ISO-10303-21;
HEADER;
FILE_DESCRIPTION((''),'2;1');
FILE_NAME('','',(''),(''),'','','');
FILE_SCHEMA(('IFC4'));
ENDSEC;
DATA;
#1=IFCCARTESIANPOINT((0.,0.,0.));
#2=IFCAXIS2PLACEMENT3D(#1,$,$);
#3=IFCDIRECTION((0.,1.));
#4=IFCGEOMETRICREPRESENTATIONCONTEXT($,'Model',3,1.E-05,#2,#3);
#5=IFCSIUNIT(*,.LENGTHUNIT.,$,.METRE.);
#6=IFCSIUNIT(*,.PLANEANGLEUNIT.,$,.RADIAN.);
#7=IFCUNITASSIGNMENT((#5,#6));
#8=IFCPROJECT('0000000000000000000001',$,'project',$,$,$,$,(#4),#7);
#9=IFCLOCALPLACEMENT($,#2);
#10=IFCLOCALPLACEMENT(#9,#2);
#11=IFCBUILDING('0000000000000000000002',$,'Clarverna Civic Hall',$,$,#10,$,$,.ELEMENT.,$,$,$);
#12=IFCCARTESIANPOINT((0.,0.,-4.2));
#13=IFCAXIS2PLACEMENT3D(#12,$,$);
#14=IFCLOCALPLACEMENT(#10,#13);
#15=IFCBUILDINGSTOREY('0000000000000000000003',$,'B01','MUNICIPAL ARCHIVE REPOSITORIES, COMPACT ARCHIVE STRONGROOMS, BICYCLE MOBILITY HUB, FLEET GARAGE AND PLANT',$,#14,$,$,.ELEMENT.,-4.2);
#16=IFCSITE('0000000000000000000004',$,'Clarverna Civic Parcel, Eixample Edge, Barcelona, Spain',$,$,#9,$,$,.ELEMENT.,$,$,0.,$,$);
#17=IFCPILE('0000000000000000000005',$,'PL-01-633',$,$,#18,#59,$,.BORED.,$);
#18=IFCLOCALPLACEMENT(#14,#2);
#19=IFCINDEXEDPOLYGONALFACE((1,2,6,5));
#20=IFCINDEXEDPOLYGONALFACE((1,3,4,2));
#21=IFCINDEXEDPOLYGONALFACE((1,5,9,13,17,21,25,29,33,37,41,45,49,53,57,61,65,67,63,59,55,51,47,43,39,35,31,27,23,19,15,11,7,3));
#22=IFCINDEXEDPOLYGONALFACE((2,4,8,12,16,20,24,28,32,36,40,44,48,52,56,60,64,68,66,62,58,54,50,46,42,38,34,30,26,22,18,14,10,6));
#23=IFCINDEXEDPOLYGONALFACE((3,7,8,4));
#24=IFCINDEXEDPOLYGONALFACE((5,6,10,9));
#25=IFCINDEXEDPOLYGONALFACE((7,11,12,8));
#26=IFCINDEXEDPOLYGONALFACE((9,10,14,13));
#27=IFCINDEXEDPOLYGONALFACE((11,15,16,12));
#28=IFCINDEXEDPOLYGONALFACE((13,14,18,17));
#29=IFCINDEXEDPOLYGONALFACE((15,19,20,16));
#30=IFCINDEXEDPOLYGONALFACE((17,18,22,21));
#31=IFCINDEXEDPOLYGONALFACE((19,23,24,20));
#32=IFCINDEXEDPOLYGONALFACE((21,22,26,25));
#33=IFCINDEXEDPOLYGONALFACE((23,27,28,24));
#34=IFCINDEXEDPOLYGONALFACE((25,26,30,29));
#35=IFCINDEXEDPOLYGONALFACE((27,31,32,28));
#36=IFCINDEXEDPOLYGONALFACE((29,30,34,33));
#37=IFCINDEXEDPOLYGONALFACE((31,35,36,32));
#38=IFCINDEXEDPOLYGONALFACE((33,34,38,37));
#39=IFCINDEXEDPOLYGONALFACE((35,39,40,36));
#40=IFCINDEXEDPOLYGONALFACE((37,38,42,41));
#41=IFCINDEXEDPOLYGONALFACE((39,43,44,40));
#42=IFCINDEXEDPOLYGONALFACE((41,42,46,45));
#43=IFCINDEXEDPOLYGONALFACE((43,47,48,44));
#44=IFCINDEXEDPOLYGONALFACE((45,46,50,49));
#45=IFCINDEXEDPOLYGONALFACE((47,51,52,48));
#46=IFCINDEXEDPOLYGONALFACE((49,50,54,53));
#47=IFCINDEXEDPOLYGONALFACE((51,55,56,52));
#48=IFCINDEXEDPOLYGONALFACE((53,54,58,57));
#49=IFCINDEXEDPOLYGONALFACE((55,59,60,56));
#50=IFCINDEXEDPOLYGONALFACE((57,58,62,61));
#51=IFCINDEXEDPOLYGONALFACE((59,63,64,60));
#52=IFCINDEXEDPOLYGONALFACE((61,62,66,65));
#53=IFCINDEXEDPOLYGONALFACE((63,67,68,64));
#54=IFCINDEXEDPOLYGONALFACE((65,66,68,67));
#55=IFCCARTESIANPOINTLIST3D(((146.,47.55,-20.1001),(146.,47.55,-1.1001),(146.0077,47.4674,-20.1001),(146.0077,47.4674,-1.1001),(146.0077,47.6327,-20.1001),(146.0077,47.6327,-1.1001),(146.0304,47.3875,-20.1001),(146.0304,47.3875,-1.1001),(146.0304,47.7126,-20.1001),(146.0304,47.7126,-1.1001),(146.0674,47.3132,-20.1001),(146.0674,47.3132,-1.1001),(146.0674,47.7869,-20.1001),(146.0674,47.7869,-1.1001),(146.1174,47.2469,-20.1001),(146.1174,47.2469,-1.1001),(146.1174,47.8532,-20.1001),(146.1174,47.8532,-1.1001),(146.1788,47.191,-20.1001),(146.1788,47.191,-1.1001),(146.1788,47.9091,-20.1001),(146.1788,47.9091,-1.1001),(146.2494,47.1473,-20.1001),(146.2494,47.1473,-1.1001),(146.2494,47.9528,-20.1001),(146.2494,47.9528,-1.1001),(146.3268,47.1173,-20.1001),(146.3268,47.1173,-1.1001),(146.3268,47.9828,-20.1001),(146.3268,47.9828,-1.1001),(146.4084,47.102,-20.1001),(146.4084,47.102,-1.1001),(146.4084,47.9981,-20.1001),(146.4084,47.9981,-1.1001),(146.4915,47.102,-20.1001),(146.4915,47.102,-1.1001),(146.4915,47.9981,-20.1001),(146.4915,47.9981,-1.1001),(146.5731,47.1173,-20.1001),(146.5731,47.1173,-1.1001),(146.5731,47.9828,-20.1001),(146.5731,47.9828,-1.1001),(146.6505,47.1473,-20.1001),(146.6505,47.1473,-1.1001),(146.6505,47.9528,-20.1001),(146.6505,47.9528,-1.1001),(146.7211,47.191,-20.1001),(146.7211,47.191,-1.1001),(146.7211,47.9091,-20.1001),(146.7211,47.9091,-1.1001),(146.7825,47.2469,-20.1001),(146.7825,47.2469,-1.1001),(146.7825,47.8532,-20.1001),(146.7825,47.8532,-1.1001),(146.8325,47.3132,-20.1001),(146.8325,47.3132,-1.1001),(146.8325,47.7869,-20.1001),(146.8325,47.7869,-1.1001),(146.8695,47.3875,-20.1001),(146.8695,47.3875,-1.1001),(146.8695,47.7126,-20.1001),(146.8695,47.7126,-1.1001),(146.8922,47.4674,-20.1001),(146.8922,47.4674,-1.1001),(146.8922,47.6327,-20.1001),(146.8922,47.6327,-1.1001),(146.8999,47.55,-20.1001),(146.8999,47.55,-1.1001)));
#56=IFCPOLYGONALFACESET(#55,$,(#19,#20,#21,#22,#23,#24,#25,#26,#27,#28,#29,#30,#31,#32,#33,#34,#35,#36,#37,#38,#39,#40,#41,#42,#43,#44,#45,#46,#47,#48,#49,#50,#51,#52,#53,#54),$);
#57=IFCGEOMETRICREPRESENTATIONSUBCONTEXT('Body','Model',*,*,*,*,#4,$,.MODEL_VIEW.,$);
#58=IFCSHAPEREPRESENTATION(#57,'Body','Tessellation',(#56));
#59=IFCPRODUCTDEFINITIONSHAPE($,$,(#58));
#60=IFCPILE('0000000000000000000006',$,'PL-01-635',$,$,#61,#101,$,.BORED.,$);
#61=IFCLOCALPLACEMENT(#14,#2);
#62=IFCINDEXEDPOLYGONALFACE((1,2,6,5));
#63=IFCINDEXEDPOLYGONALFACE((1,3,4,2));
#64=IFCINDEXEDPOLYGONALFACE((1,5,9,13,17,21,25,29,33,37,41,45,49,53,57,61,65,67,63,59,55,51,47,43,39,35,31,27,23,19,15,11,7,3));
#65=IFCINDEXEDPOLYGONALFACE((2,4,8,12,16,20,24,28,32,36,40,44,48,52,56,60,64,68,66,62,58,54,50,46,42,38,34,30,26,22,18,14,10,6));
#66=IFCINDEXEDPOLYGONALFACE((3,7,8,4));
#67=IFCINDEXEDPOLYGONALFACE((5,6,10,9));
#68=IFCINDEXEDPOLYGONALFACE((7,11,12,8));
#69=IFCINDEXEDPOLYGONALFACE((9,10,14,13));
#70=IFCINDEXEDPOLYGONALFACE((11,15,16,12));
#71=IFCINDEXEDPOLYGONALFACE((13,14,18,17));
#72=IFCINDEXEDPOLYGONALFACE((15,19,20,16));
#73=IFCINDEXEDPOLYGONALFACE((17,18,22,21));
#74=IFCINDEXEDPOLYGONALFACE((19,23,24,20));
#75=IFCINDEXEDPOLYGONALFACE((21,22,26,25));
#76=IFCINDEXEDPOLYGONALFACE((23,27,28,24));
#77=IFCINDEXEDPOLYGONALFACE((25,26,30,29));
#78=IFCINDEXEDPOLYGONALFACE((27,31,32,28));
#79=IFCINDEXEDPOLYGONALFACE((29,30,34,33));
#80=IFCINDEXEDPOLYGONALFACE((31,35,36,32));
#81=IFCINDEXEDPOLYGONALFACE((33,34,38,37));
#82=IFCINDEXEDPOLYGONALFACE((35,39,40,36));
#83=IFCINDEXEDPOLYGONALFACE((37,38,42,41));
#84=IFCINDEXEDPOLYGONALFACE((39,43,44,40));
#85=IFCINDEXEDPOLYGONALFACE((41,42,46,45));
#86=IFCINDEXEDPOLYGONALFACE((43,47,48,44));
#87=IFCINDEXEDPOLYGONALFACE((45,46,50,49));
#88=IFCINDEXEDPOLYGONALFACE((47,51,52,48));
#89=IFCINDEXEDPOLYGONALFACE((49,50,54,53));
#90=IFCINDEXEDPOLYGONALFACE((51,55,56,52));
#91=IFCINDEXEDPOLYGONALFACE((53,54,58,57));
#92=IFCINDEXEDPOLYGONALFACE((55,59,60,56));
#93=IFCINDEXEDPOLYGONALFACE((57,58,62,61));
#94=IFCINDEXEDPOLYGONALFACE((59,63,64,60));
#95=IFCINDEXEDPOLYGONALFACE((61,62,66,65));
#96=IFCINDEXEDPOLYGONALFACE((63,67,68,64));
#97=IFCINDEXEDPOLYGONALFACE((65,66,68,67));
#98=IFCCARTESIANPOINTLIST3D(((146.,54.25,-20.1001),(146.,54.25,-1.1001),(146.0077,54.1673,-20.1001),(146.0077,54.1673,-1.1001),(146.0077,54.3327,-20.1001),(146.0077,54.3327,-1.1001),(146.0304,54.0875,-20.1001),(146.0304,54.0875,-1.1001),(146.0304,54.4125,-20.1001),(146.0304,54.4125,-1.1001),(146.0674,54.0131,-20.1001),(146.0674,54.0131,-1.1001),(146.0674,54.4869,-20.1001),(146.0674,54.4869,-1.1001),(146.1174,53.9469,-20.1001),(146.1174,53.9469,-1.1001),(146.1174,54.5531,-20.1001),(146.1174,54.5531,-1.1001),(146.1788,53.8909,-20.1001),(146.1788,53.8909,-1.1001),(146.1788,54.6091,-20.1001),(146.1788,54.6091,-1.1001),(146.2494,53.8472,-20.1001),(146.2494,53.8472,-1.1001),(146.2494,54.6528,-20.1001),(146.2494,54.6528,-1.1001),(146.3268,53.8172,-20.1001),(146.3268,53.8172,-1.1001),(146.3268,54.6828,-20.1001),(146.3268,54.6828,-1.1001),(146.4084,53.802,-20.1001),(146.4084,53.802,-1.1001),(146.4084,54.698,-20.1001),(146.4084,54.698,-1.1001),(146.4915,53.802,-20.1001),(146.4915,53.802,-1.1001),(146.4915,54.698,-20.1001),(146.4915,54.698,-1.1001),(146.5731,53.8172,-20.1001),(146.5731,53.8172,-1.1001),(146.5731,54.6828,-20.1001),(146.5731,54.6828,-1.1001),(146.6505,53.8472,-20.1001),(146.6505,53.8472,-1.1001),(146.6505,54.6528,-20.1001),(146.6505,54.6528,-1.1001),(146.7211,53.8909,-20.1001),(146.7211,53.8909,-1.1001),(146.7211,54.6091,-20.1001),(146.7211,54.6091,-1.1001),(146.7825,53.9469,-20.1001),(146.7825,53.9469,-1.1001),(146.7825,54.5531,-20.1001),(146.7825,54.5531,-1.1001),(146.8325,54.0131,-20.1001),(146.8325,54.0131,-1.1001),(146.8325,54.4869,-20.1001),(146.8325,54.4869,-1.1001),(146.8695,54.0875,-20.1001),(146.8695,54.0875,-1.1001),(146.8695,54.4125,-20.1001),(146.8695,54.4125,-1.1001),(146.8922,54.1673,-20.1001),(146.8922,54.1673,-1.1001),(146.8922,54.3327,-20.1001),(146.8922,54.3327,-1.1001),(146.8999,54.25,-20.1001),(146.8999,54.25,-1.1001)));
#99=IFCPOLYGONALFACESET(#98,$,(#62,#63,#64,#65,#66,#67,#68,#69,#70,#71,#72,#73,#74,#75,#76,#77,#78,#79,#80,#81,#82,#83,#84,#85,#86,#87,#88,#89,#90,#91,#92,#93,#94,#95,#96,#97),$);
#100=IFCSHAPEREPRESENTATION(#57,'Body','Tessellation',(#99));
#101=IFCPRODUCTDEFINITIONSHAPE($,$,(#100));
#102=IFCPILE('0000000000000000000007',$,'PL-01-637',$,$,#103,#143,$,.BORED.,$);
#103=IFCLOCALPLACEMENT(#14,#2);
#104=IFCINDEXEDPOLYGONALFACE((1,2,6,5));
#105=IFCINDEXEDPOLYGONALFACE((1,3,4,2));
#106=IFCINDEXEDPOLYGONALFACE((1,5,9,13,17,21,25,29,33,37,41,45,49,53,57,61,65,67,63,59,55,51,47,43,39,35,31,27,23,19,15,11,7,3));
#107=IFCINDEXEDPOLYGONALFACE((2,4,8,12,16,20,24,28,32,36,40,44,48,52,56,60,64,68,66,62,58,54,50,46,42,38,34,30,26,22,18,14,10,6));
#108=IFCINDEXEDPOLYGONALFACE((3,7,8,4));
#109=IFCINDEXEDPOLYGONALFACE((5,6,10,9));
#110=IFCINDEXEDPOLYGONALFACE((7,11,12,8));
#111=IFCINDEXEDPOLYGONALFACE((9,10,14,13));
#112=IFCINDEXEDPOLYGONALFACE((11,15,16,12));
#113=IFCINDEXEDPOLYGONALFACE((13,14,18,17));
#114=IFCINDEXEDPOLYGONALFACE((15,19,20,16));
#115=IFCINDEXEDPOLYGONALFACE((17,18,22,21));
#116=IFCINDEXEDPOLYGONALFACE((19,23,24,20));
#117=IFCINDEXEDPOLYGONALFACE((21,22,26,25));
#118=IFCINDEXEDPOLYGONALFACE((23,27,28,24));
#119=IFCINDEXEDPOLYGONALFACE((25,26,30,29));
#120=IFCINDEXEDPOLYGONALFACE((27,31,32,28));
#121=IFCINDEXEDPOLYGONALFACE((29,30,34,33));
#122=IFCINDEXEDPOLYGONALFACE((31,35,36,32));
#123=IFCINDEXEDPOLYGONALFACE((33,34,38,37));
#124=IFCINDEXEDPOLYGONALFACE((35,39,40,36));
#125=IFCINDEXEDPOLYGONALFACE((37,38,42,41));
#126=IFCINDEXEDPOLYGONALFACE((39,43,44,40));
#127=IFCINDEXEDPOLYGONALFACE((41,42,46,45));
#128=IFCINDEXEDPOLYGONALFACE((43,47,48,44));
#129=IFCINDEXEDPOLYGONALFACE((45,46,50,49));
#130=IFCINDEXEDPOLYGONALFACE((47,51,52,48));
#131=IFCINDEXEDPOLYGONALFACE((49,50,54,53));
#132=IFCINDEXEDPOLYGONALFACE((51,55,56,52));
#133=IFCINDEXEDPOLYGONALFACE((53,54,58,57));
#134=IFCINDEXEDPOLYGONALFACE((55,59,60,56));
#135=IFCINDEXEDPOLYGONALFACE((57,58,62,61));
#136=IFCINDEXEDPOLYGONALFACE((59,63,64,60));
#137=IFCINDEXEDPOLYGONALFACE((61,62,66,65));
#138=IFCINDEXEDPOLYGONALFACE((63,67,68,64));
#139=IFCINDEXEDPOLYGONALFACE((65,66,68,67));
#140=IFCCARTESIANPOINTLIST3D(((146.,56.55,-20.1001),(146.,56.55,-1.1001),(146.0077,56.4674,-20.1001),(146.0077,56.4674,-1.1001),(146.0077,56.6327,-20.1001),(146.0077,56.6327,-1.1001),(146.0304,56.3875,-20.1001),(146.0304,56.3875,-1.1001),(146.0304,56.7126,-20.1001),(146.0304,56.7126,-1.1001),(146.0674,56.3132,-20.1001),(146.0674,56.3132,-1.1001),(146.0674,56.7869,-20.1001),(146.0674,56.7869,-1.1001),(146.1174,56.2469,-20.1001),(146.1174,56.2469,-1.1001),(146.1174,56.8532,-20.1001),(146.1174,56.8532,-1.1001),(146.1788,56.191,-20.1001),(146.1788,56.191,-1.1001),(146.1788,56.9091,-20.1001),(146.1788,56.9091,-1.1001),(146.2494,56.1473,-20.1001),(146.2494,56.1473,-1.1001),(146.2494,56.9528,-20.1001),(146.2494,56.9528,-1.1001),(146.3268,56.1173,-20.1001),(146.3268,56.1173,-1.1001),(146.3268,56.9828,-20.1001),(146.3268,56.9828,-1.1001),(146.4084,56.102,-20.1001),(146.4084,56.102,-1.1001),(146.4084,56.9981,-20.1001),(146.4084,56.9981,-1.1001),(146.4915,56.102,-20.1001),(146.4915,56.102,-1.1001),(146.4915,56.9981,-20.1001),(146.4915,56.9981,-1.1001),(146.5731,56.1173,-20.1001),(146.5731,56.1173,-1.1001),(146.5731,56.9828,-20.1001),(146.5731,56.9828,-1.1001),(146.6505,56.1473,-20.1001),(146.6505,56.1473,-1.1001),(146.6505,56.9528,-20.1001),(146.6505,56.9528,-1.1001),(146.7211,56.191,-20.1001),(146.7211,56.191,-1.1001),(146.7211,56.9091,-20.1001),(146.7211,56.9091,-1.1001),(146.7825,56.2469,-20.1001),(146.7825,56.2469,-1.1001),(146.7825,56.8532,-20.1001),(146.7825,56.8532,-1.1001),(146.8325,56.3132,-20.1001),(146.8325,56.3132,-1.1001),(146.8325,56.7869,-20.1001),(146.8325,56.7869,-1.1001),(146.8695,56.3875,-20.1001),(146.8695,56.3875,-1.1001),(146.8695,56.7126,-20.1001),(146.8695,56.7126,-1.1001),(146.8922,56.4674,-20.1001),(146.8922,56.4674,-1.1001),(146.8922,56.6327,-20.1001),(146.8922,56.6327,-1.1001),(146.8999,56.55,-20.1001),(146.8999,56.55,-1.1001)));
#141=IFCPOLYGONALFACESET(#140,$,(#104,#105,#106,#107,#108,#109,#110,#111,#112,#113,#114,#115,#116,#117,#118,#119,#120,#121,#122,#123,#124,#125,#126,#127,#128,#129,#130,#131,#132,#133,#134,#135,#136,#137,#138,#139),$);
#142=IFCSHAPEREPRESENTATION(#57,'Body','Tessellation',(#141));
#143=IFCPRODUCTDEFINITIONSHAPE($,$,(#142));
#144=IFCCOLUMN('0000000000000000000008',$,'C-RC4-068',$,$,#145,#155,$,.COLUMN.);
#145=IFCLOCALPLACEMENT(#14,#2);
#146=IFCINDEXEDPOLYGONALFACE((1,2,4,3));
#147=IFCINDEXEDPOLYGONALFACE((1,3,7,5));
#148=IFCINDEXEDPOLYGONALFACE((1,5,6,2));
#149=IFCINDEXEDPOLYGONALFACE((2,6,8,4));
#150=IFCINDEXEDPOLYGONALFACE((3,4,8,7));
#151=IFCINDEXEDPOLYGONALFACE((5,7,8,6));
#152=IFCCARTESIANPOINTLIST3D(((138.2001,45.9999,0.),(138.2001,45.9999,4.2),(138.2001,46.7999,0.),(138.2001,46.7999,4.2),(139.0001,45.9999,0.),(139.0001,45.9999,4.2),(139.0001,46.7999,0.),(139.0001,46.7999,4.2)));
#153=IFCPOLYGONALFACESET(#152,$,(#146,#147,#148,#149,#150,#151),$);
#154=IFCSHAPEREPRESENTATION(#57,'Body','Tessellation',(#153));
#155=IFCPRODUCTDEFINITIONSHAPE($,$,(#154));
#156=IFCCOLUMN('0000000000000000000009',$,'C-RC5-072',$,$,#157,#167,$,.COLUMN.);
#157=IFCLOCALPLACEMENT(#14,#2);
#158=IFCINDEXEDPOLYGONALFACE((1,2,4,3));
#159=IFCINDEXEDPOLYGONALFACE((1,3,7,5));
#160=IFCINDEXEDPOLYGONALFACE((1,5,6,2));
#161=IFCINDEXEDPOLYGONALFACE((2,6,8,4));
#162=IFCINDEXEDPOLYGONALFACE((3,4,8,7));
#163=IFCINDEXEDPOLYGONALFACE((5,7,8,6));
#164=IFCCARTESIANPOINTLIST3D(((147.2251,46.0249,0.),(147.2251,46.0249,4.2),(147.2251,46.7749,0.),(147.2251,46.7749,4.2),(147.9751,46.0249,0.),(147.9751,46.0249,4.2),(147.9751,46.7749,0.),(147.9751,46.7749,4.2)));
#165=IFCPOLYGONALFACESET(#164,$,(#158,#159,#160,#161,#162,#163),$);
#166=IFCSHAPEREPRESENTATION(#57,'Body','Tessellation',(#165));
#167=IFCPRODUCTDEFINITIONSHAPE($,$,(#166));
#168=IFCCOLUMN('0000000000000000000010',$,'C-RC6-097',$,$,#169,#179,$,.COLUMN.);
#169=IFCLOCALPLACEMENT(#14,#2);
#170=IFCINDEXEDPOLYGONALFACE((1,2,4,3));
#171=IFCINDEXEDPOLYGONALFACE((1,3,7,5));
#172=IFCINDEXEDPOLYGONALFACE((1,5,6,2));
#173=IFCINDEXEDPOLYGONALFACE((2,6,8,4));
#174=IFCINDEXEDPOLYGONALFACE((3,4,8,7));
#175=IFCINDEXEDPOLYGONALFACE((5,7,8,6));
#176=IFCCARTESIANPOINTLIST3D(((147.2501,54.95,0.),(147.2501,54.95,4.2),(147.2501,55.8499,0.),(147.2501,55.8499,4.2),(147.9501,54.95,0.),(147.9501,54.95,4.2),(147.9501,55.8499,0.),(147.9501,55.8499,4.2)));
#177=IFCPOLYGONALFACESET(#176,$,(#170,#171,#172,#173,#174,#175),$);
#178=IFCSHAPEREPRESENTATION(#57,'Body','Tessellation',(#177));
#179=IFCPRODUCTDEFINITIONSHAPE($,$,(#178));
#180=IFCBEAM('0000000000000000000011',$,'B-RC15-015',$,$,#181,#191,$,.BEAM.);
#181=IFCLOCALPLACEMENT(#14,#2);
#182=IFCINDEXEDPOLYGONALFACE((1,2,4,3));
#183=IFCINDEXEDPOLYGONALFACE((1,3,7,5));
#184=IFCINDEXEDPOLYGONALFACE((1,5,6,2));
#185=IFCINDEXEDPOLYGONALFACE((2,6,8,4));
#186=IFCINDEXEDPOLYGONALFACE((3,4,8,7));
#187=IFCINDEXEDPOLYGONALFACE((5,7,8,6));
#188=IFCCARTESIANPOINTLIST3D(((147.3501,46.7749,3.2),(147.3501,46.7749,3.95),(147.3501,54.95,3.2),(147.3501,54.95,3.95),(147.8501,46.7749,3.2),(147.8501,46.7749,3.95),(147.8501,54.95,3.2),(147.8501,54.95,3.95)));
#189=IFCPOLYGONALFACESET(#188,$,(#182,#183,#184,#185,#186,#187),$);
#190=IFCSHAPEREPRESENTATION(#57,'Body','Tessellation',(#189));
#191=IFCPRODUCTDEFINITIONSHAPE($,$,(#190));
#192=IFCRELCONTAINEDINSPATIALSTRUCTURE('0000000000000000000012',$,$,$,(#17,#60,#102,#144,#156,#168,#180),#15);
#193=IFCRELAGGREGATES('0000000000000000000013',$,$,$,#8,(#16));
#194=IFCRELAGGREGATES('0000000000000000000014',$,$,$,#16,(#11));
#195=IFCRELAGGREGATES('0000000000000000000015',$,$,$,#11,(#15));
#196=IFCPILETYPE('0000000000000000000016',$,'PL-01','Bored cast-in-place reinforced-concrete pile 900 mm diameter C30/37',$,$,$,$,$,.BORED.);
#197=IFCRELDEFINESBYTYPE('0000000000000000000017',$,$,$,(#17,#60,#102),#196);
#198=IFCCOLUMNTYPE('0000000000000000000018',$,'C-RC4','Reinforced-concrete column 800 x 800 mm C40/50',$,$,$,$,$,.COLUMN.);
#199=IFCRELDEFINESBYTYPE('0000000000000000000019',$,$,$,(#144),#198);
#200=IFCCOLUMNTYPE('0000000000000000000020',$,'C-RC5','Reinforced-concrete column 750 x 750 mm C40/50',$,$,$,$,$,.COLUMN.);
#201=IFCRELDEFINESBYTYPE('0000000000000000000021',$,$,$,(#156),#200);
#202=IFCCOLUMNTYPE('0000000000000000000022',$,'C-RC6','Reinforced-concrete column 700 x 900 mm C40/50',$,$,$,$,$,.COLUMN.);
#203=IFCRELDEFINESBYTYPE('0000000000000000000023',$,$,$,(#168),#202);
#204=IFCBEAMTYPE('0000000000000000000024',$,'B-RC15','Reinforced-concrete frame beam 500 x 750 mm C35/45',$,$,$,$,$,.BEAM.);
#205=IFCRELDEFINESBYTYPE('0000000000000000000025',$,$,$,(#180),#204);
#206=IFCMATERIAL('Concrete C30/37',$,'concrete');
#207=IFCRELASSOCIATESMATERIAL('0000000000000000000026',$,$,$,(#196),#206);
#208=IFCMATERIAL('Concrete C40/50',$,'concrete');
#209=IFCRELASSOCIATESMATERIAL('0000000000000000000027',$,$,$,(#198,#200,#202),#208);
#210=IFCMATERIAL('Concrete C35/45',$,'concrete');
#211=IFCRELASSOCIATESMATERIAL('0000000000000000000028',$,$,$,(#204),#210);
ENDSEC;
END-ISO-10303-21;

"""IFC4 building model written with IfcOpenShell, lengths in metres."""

from ifc_helpers import new_model, si_unit, direction, frame, origin, origin_2d, place, context, subcontext, project, spatial, rectangle, circle, extrude, material, material_profile, profile_set, type_object, element, save


model = new_model("IFC4")

# Units and contexts
model_context = context("Model", 3, precision=1e-05, world=origin(), true_north=direction((0.0, 1.0)))
body_context = subcontext(model_context, "Body", "Model", "MODEL_VIEW")
ifc_project = project(units=[si_unit("LENGTHUNIT", "METRE"), si_unit("PLANEANGLEUNIT", "RADIAN")], contexts=[model_context])

# Site, building, storey
site_placement = place(None, origin())
site = spatial("IfcSite", under=ifc_project, at=site_placement, Name="Clarverna Civic Parcel, Eixample Edge, Barcelona, Spain", CompositionType="ELEMENT", RefElevation=0.0)
building_placement = place(site_placement, origin())
building = spatial("IfcBuilding", under=site, at=building_placement, Name="Clarverna Civic Hall", CompositionType="ELEMENT")
storey_placement = place(building_placement, frame((0.0, 0.0, -4.2)))
storey = spatial("IfcBuildingStorey", under=building, at=storey_placement, Name="B01", Description="MUNICIPAL ARCHIVE REPOSITORIES, COMPACT ARCHIVE STRONGROOMS, BICYCLE MOBILITY HUB, FLEET GARAGE AND PLANT", CompositionType="ELEMENT", Elevation=-4.2)

# Shared definitions
ifc_material_1 = material(Name="Concrete C30/37", Category="concrete")

# Piles
ifc_material_profile_1 = material_profile(ifc_material_1, circle(Radius=0.45, at=origin_2d()), Name="BORED PILE D900")
ifc_profile_set_1 = profile_set([ifc_material_profile_1], Name="Concrete C30/37")
pile_type = type_object("IfcPileType", Name="PL-01", Description="Bored cast-in-place reinforced-concrete pile 900 mm diameter C30/37", PredefinedType="BORED", material=ifc_profile_set_1)
for number, where, z_axis, x_axis, name in (
    (1, (146.45, 47.55, -1.1001), (0.0, 0.0, -1.0), (1.0, 0.0, 0.0), "PL-01-633"),
    (2, (146.45, 54.25, -1.1001), (0.0, 0.0, -1.0), (1.0, 0.0, 0.0), "PL-01-635"),
    (3, (146.45, 56.55, -1.1001), (0.0, 0.0, -1.0), (1.0, 0.0, 0.0), "PL-01-637"),
):
    element("IfcPile", number, at=place(storey_placement, frame(where, z_axis=z_axis, x_axis=x_axis)), inside=storey, type_object=pile_type, Name=name, PredefinedType="BORED", context=body_context, shape_type="SweptSolid", body=[
        extrude(circle(Radius=0.45, at=origin_2d()), origin(), (0.0, 0.0, 1.0), 19.0),
    ])

# Columns
ifc_material_2 = material(Name="Concrete C40/50", Category="concrete")
ifc_material_profile_2 = material_profile(ifc_material_2, rectangle(XDim=0.8, YDim=0.8, at=origin_2d()), Name="RC 800x800")
ifc_profile_set_2 = profile_set([ifc_material_profile_2], Name="Concrete C40/50")
column_type_1 = type_object("IfcColumnType", Name="C-RC4", Description="Reinforced-concrete column 800 x 800 mm C40/50", PredefinedType="COLUMN", material=ifc_profile_set_2)
column_1_placement = place(storey_placement, frame((138.6001, 46.3999, 0.0), z_axis=(0.0, 0.0, 1.0), x_axis=(1.0, 0.0, 0.0)))
element("IfcColumn", 4, at=column_1_placement, inside=storey, type_object=column_type_1, Name="C-RC4-068", PredefinedType="COLUMN", context=body_context, shape_type="SweptSolid", body=[
    extrude(rectangle(XDim=0.8, YDim=0.8, at=origin_2d()), origin(), (0.0, 0.0, 1.0), 4.2),
])
ifc_material_profile_3 = material_profile(ifc_material_2, rectangle(XDim=0.75, YDim=0.75, at=origin_2d()), Name="RC 750x750")
ifc_profile_set_3 = profile_set([ifc_material_profile_3], Name="Concrete C40/50")
column_type_2 = type_object("IfcColumnType", Name="C-RC5", Description="Reinforced-concrete column 750 x 750 mm C40/50", PredefinedType="COLUMN", material=ifc_profile_set_3)
column_2_placement = place(storey_placement, frame((147.6001, 46.3999, 0.0), z_axis=(0.0, 0.0, 1.0), x_axis=(1.0, 0.0, 0.0)))
element("IfcColumn", 5, at=column_2_placement, inside=storey, type_object=column_type_2, Name="C-RC5-072", PredefinedType="COLUMN", context=body_context, shape_type="SweptSolid", body=[
    extrude(rectangle(XDim=0.75, YDim=0.75, at=origin_2d()), origin(), (0.0, 0.0, 1.0), 4.2),
])
ifc_material_profile_4 = material_profile(ifc_material_2, rectangle(XDim=0.7, YDim=0.8999, at=origin_2d()), Name="RC 700x900")
ifc_profile_set_4 = profile_set([ifc_material_profile_4], Name="Concrete C40/50")
column_type_3 = type_object("IfcColumnType", Name="C-RC6", Description="Reinforced-concrete column 700 x 900 mm C40/50", PredefinedType="COLUMN", material=ifc_profile_set_4)
column_3_placement = place(storey_placement, frame((147.6001, 55.3999, 0.0), z_axis=(0.0, 0.0, 1.0), x_axis=(1.0, 0.0, 0.0)))
element("IfcColumn", 6, at=column_3_placement, inside=storey, type_object=column_type_3, Name="C-RC6-097", PredefinedType="COLUMN", context=body_context, shape_type="SweptSolid", body=[
    extrude(rectangle(XDim=0.7, YDim=0.8999, at=origin_2d()), origin(), (0.0, 0.0, 1.0), 4.2),
])

# Beam
ifc_material_3 = material(Name="Concrete C35/45", Category="concrete")
ifc_material_profile_5 = material_profile(ifc_material_3, rectangle(XDim=0.5, YDim=0.75, at=origin_2d()), Name="RC 500x750")
ifc_profile_set_5 = profile_set([ifc_material_profile_5], Name="Concrete C35/45")
beam_type_1 = type_object("IfcBeamType", Name="B-RC15", Description="Reinforced-concrete frame beam 500 x 750 mm C35/45", PredefinedType="BEAM", material=ifc_profile_set_5)
beam_1_placement = place(storey_placement, frame((147.6001, 46.7749, 3.575), z_axis=(0.0, 1.0, 0.0), x_axis=(-1.0, 0.0, 0.0)))
element("IfcBeam", 7, at=beam_1_placement, inside=storey, type_object=beam_type_1, Name="B-RC15-015", PredefinedType="BEAM", context=body_context, shape_type="SweptSolid", body=[
    extrude(rectangle(XDim=0.5, YDim=0.75, at=origin_2d()), origin(), (0.0, 0.0, 1.0), 8.175),
])

save(model, "model.ifc")
